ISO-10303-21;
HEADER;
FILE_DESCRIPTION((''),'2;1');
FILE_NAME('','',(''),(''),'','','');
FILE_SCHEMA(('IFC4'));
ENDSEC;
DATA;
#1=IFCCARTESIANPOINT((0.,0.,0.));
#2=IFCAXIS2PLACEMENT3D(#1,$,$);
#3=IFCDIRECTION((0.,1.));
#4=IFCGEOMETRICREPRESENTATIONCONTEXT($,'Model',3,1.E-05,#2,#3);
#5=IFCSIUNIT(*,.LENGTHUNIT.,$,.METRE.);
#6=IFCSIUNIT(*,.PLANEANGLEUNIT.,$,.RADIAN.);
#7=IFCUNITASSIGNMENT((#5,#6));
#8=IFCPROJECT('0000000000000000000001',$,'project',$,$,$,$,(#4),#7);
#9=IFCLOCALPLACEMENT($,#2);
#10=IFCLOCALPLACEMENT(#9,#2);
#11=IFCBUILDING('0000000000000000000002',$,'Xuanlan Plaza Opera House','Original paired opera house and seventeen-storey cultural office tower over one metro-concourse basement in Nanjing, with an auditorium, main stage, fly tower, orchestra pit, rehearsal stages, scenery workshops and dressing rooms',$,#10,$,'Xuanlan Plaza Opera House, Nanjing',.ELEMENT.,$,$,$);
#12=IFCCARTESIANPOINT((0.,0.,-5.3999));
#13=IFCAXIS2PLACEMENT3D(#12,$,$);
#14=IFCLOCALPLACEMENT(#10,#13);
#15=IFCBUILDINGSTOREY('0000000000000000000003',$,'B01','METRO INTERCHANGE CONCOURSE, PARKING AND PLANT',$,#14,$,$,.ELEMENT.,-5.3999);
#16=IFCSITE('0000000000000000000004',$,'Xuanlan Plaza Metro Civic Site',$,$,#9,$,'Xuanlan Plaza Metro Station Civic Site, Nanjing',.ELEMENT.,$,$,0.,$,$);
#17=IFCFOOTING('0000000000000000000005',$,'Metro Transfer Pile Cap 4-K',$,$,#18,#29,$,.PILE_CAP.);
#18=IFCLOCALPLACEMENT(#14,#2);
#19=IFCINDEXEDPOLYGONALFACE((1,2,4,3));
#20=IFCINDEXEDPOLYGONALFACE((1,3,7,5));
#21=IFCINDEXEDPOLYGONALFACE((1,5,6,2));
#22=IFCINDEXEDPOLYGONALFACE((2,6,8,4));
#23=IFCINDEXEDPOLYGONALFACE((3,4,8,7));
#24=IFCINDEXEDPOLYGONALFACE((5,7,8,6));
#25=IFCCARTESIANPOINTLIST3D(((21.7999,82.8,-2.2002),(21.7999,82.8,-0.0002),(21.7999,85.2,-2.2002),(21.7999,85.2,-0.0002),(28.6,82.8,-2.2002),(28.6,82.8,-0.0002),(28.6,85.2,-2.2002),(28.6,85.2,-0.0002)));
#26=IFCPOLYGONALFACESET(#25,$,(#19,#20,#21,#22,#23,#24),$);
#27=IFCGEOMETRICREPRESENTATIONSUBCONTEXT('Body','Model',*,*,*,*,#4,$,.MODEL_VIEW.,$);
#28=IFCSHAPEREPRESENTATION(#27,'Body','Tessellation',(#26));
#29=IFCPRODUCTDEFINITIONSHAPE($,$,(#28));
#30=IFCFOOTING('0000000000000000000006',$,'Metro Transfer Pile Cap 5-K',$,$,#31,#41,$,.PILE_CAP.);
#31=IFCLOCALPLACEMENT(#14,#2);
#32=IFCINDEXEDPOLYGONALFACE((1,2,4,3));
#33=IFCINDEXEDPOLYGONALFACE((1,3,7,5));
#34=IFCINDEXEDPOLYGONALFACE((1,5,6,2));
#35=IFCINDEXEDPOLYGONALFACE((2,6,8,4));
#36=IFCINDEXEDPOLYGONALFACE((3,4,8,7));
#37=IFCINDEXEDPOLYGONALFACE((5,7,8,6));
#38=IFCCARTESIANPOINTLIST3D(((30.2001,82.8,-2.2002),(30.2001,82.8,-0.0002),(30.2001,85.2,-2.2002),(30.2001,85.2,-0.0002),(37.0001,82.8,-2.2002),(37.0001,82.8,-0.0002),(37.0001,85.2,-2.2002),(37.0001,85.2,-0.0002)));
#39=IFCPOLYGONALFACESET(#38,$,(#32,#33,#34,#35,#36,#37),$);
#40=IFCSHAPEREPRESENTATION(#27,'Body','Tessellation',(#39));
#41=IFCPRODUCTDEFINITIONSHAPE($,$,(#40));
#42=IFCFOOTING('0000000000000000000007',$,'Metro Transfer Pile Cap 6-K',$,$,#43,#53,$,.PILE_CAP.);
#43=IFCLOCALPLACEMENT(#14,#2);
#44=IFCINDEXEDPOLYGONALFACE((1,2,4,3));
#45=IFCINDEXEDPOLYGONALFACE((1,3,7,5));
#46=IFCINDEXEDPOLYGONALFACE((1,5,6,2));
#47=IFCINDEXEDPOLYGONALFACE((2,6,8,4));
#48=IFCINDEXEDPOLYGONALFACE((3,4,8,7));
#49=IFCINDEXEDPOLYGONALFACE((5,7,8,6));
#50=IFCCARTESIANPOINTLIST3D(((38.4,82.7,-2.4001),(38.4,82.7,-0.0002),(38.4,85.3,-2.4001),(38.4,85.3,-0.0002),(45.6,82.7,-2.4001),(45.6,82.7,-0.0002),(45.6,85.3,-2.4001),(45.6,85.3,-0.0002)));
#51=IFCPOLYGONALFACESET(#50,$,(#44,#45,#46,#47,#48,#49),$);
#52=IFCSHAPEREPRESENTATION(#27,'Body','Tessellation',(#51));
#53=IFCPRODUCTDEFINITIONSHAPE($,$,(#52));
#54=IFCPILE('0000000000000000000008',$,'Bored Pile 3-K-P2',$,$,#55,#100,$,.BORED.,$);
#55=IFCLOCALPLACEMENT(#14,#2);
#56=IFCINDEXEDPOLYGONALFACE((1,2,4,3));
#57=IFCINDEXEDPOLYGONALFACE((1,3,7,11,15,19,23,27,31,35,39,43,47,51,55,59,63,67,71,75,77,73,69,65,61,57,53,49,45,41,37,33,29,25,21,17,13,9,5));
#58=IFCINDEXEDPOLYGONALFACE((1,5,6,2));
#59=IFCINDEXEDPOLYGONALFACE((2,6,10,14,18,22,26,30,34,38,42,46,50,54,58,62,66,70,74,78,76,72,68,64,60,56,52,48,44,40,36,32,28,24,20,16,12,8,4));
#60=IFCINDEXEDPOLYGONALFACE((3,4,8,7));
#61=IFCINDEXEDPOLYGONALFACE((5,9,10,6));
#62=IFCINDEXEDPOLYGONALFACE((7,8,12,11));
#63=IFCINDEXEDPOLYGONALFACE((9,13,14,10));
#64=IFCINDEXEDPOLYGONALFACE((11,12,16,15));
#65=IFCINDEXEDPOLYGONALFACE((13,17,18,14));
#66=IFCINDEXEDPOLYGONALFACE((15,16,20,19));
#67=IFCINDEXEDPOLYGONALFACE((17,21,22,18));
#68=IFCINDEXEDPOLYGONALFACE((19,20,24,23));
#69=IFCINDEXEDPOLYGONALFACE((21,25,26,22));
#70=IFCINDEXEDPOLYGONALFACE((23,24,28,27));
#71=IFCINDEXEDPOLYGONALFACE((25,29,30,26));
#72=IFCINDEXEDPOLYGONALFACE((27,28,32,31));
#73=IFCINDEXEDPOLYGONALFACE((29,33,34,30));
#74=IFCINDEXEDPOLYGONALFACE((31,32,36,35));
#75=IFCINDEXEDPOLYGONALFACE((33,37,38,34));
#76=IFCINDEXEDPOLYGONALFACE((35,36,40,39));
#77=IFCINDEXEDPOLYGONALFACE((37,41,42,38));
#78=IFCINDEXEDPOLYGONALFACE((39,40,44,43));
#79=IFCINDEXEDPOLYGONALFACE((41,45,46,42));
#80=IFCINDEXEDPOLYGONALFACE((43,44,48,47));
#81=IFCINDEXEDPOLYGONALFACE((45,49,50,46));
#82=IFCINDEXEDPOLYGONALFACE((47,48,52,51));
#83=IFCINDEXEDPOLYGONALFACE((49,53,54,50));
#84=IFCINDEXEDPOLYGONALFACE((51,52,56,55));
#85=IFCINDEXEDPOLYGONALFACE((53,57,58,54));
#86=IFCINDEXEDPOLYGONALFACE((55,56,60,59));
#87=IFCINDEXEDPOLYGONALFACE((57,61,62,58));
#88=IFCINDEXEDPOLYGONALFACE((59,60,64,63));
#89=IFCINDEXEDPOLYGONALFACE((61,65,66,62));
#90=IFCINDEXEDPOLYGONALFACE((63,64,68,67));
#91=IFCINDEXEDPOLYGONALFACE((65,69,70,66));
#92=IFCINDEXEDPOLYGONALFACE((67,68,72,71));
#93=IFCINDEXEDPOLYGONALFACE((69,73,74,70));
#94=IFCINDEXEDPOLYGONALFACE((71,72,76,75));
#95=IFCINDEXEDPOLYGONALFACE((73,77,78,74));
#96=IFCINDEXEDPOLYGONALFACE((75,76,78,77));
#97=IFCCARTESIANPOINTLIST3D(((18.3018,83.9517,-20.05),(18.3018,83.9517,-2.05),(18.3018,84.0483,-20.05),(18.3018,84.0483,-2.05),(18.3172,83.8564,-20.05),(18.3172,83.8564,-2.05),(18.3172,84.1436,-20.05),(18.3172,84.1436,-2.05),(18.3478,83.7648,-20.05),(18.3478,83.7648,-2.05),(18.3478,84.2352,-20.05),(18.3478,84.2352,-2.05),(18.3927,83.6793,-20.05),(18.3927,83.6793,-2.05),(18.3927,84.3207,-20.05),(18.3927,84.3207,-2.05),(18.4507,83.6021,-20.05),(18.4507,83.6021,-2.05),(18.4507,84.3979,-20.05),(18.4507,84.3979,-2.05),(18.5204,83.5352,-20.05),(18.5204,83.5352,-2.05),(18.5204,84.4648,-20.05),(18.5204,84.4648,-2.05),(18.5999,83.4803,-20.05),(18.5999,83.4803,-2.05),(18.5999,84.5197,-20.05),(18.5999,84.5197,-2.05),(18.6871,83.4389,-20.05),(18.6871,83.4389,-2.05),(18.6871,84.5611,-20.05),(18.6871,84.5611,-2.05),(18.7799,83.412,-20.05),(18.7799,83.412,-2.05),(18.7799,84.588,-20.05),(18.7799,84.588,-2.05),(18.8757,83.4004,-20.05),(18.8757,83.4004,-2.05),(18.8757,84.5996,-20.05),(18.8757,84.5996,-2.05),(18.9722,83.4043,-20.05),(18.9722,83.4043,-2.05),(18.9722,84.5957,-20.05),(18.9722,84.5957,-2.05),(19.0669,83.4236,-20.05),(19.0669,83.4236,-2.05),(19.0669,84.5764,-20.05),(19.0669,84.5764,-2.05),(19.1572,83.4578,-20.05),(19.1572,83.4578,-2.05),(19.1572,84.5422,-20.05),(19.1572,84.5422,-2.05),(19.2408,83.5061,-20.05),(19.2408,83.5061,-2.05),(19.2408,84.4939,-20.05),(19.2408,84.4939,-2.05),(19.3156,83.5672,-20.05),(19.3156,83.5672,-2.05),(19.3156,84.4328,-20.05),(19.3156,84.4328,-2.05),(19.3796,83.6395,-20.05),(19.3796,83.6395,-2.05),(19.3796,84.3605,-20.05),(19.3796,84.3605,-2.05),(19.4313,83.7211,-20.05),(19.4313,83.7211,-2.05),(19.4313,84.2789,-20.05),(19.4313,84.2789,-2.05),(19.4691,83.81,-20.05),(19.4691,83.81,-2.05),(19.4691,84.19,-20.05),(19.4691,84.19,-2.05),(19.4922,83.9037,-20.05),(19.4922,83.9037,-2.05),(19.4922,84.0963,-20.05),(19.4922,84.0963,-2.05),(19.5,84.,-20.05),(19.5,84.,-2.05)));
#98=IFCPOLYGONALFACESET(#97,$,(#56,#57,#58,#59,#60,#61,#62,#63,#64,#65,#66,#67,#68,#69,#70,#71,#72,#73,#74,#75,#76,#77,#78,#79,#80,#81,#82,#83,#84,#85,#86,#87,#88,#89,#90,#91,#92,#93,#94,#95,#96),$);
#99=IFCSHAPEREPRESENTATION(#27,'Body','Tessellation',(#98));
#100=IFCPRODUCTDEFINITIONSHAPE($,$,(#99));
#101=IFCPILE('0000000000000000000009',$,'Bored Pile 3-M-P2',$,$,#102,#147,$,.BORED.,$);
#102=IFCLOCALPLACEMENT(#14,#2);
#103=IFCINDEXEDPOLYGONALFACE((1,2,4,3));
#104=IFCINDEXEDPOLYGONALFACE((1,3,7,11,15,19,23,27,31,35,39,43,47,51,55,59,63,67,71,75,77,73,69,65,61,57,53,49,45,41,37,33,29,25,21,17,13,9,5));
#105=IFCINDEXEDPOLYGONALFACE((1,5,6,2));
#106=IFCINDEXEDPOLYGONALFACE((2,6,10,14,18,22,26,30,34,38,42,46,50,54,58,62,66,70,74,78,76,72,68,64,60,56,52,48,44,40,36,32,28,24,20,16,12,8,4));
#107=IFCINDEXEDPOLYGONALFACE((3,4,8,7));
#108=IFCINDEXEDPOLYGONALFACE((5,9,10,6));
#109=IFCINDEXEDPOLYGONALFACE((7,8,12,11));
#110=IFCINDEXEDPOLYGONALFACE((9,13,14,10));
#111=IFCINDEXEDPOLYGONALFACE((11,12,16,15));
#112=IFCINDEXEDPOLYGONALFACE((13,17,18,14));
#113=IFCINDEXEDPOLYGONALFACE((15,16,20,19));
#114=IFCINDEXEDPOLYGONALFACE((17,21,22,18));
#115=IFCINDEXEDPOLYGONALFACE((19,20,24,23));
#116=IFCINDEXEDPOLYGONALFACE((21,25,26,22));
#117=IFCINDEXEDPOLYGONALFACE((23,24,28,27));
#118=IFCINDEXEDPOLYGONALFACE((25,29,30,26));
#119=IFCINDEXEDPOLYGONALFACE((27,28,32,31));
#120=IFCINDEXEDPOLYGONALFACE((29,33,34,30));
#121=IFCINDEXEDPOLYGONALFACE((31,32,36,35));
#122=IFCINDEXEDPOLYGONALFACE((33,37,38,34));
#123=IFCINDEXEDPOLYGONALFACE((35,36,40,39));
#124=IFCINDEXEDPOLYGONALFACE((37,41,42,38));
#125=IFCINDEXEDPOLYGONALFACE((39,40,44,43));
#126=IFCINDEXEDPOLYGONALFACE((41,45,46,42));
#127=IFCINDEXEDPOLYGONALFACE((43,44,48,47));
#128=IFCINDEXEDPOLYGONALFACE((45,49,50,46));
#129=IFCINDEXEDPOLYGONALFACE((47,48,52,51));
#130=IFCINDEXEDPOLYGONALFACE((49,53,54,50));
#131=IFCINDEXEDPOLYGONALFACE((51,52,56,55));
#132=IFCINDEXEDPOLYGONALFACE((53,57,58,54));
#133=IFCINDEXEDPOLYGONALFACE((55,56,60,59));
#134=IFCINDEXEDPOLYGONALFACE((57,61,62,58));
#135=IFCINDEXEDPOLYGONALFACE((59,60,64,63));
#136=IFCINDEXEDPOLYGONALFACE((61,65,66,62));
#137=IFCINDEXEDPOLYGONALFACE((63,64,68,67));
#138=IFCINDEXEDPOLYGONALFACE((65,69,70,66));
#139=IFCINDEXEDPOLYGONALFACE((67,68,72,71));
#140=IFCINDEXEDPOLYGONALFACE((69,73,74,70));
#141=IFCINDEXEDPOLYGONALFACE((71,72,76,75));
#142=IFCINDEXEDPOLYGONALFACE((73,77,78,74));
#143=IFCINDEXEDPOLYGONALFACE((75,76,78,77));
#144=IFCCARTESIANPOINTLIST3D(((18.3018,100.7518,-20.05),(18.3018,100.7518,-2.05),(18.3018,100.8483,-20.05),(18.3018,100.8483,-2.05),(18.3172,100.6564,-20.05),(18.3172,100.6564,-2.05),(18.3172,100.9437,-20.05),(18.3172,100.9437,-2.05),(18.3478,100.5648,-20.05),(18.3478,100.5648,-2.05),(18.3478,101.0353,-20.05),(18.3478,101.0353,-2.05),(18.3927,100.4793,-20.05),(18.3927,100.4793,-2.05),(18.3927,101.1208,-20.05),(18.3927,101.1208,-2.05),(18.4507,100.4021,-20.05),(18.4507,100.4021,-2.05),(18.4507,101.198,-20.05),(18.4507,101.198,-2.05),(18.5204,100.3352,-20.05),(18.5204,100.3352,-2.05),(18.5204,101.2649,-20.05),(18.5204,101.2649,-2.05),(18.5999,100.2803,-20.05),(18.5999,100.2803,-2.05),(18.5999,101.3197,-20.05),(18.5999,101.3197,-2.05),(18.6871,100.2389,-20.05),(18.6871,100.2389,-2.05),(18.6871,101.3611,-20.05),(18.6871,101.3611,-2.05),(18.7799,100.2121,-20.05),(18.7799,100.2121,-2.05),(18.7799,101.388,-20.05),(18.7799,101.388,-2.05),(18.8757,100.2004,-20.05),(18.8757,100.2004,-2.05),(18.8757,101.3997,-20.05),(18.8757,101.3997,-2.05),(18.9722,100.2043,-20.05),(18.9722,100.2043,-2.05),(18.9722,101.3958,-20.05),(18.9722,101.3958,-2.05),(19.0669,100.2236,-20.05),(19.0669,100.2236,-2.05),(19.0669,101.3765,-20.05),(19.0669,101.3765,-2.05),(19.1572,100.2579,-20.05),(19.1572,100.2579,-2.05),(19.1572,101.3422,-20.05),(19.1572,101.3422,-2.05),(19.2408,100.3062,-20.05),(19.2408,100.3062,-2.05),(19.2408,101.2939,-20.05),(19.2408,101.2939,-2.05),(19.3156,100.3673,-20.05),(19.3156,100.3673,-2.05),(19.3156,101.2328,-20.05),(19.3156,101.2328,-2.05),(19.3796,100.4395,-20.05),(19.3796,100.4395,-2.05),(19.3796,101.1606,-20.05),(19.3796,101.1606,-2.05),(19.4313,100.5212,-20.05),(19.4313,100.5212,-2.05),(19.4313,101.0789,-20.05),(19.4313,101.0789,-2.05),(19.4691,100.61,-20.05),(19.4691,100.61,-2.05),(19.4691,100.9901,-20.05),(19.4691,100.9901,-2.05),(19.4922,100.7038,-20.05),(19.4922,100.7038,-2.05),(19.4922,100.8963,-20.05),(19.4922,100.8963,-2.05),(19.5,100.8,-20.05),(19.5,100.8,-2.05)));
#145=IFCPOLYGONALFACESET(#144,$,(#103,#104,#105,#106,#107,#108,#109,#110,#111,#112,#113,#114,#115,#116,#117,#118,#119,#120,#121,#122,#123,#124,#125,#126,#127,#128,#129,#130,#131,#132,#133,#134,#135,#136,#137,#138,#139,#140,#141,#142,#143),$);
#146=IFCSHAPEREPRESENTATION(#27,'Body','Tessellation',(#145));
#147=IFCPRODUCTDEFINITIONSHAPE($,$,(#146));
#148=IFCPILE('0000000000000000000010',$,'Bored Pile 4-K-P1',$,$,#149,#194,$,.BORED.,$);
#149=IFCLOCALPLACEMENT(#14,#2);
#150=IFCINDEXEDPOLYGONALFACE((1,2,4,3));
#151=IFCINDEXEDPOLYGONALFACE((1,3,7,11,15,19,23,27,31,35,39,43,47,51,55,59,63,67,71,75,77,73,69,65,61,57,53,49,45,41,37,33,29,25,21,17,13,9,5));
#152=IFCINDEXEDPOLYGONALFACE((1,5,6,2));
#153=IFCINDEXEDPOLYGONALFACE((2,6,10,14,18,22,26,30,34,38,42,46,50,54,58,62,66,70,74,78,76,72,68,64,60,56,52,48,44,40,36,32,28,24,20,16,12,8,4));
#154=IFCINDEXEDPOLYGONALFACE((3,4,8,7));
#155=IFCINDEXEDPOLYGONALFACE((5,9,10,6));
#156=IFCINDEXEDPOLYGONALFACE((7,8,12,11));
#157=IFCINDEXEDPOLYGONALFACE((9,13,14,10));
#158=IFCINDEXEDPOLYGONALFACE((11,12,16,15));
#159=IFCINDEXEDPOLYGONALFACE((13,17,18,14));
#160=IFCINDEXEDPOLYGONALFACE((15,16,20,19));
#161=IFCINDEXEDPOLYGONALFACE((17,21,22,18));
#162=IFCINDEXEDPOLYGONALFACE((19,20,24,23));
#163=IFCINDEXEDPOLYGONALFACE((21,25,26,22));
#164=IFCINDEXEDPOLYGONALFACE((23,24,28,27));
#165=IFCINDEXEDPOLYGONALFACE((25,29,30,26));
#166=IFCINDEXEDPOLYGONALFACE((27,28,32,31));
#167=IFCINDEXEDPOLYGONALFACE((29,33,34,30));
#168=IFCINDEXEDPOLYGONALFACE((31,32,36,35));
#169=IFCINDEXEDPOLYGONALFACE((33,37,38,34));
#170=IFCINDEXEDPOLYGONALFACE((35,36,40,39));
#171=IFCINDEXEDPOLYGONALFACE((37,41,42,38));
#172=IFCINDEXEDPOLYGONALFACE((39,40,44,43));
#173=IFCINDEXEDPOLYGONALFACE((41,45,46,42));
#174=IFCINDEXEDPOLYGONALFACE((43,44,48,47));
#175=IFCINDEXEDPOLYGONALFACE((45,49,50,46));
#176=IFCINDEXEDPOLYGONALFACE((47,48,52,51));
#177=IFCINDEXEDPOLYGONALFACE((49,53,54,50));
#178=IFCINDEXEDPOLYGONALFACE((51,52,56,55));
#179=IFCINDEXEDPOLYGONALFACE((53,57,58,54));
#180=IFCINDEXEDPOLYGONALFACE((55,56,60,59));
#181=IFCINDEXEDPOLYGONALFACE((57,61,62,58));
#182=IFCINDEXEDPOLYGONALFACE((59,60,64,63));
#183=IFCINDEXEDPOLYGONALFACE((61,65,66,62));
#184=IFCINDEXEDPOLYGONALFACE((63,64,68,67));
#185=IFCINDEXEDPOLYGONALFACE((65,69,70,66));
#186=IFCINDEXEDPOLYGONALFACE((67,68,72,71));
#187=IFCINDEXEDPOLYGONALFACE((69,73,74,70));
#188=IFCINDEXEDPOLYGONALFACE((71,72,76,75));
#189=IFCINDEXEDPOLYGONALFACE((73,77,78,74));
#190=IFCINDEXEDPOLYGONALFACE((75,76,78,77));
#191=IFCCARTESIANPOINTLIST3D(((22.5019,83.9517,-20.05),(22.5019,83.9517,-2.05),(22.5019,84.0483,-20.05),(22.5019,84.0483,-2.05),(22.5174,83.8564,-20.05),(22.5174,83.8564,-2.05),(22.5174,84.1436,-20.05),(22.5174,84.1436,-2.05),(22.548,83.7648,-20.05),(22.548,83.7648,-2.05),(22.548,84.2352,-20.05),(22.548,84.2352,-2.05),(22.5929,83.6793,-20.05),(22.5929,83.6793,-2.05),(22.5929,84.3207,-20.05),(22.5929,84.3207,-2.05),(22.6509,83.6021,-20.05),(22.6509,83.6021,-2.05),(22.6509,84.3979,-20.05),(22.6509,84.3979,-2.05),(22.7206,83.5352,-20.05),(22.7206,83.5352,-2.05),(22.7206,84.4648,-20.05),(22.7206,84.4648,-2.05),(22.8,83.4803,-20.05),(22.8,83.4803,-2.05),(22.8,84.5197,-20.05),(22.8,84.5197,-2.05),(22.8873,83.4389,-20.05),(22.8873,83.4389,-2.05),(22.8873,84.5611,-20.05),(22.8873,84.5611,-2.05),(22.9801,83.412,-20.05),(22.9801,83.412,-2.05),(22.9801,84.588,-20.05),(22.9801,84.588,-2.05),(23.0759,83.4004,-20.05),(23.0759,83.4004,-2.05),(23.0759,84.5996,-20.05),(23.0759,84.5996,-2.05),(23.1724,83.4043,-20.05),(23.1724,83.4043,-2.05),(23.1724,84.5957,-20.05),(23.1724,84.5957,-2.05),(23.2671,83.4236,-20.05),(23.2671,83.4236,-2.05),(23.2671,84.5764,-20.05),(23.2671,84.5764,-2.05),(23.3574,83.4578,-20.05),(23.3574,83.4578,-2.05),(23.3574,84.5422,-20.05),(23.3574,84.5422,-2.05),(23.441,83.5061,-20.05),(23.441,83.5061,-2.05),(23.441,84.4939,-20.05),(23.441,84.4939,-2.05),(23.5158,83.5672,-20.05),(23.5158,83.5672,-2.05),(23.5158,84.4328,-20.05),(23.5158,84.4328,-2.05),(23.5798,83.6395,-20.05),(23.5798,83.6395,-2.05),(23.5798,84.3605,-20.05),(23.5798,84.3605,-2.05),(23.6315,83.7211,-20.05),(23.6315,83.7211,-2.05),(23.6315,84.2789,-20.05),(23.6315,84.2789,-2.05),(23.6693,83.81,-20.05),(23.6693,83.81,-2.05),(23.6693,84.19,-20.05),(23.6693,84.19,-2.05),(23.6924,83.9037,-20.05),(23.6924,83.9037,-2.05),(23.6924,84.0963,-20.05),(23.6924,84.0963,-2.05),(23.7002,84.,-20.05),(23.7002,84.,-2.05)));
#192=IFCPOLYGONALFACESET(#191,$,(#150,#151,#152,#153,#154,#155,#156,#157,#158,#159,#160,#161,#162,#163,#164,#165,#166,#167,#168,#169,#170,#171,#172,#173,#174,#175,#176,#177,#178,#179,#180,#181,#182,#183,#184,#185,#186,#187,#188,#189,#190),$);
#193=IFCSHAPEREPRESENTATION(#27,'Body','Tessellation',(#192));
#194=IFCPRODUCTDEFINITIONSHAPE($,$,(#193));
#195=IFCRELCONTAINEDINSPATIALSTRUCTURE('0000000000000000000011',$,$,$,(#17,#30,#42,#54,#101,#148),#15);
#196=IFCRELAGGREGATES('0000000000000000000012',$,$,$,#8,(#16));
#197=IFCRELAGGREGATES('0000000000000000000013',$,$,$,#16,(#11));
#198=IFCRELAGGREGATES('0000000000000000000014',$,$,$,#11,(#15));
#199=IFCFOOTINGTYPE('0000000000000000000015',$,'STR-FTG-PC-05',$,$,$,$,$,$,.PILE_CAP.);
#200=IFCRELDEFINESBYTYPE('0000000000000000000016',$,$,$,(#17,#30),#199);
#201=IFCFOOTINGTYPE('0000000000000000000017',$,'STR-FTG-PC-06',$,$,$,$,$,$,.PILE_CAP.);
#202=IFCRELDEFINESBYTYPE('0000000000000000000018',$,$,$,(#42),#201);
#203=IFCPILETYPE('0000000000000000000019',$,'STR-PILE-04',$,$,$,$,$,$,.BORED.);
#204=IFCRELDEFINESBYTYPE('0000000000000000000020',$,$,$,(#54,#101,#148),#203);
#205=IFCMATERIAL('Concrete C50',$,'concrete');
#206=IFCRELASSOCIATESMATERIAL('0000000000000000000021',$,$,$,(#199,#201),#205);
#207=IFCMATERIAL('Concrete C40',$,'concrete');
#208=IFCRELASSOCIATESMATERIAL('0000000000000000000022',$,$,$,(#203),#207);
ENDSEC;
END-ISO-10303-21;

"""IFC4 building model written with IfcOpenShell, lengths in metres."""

from ifc_helpers import new_model, si_unit, direction, frame, origin, origin_2d, place, context, subcontext, project, spatial, rectangle, circle, extrude, material, material_profile, profile_set, type_object, element, save


model = new_model("IFC4")

# Units and contexts
model_context = context("Model", 3, precision=1e-05, world=origin(), true_north=direction((0.0, 1.0)))
body_context = subcontext(model_context, "Body", "Model", "MODEL_VIEW")
ifc_project = project(units=[si_unit("LENGTHUNIT", "METRE"), si_unit("PLANEANGLEUNIT", "RADIAN")], contexts=[model_context])

# Site, building, storey
site_placement = place(None, origin())
site = spatial("IfcSite", under=ifc_project, at=site_placement, Name="Xuanlan Plaza Metro Civic Site", LongName="Xuanlan Plaza Metro Station Civic Site, Nanjing", CompositionType="ELEMENT", RefElevation=0.0)
building_placement = place(site_placement, origin())
building = spatial("IfcBuilding", under=site, at=building_placement, Name="Xuanlan Plaza Opera House", Description="Original paired opera house and seventeen-storey cultural office tower over one metro-concourse basement in Nanjing, with an auditorium, main stage, fly tower, orchestra pit, rehearsal stages, scenery workshops and dressing rooms", LongName="Xuanlan Plaza Opera House, Nanjing", CompositionType="ELEMENT")
storey_placement = place(building_placement, frame((0.0, 0.0, -5.3999)))
storey = spatial("IfcBuildingStorey", under=building, at=storey_placement, Name="B01", Description="METRO INTERCHANGE CONCOURSE, PARKING AND PLANT", CompositionType="ELEMENT", Elevation=-5.3999)

# Footings
ifc_material_1 = material(Name="Concrete C50", Category="concrete")
footing_type_1 = type_object("IfcFootingType", Name="STR-FTG-PC-05", PredefinedType="PILE_CAP", material=ifc_material_1)
for number, where, z_axis, x_axis, name in (
    (1, (25.2, 84.0, -2.2002), (0.0, 0.0, 1.0), (1.0, 0.0, 0.0), "Metro Transfer Pile Cap 4-K"),
    (2, (33.6001, 84.0, -2.2002), (0.0, 0.0, 1.0), (1.0, 0.0, 0.0), "Metro Transfer Pile Cap 5-K"),
):
    element("IfcFooting", number, at=place(storey_placement, frame(where, z_axis=z_axis, x_axis=x_axis)), inside=storey, type_object=footing_type_1, Name=name, PredefinedType="PILE_CAP", context=body_context, shape_type="SweptSolid", body=[
        extrude(rectangle(XDim=6.8, YDim=2.3999, at=origin_2d()), origin(), (0.0, 0.0, 1.0), 2.2),
    ])
footing_type_2 = type_object("IfcFootingType", Name="STR-FTG-PC-06", PredefinedType="PILE_CAP", material=ifc_material_1)
footing_placement = place(storey_placement, frame((42.0, 84.0, -2.4001), z_axis=(0.0, 0.0, 1.0), x_axis=(1.0, 0.0, 0.0)))
element("IfcFooting", 3, at=footing_placement, inside=storey, type_object=footing_type_2, Name="Metro Transfer Pile Cap 6-K", PredefinedType="PILE_CAP", context=body_context, shape_type="SweptSolid", body=[
    extrude(rectangle(XDim=7.2, YDim=2.6001, at=origin_2d()), origin(), (0.0, 0.0, 1.0), 2.3999),
])

# Piles
ifc_material_2 = material(Name="Concrete C40", Category="concrete")
ifc_material_profile_1 = material_profile(ifc_material_2, circle(Radius=0.6001, at=origin_2d()), Name="PILE D1200")
ifc_profile_set_1 = profile_set([ifc_material_profile_1], Name="Concrete C40")
pile_type = type_object("IfcPileType", Name="STR-PILE-04", PredefinedType="BORED", material=ifc_profile_set_1)
for number, where, z_axis, x_axis, name in (
    (4, (18.8999, 84.0, -2.05), (0.0, 0.0, -1.0), (1.0, 0.0, 0.0), "Bored Pile 3-K-P2"),
    (5, (18.8999, 100.8, -2.05), (0.0, 0.0, -1.0), (1.0, 0.0, 0.0), "Bored Pile 3-M-P2"),
    (6, (23.1001, 84.0, -2.05), (0.0, 0.0, -1.0), (1.0, 0.0, 0.0), "Bored Pile 4-K-P1"),
):
    element("IfcPile", number, at=place(storey_placement, frame(where, z_axis=z_axis, x_axis=x_axis)), inside=storey, type_object=pile_type, Name=name, PredefinedType="BORED", context=body_context, shape_type="SweptSolid", body=[
        extrude(circle(Radius=0.6001, at=origin_2d()), origin(), (0.0, 0.0, 1.0), 18.0),
    ])

save(model, "model.ifc")
